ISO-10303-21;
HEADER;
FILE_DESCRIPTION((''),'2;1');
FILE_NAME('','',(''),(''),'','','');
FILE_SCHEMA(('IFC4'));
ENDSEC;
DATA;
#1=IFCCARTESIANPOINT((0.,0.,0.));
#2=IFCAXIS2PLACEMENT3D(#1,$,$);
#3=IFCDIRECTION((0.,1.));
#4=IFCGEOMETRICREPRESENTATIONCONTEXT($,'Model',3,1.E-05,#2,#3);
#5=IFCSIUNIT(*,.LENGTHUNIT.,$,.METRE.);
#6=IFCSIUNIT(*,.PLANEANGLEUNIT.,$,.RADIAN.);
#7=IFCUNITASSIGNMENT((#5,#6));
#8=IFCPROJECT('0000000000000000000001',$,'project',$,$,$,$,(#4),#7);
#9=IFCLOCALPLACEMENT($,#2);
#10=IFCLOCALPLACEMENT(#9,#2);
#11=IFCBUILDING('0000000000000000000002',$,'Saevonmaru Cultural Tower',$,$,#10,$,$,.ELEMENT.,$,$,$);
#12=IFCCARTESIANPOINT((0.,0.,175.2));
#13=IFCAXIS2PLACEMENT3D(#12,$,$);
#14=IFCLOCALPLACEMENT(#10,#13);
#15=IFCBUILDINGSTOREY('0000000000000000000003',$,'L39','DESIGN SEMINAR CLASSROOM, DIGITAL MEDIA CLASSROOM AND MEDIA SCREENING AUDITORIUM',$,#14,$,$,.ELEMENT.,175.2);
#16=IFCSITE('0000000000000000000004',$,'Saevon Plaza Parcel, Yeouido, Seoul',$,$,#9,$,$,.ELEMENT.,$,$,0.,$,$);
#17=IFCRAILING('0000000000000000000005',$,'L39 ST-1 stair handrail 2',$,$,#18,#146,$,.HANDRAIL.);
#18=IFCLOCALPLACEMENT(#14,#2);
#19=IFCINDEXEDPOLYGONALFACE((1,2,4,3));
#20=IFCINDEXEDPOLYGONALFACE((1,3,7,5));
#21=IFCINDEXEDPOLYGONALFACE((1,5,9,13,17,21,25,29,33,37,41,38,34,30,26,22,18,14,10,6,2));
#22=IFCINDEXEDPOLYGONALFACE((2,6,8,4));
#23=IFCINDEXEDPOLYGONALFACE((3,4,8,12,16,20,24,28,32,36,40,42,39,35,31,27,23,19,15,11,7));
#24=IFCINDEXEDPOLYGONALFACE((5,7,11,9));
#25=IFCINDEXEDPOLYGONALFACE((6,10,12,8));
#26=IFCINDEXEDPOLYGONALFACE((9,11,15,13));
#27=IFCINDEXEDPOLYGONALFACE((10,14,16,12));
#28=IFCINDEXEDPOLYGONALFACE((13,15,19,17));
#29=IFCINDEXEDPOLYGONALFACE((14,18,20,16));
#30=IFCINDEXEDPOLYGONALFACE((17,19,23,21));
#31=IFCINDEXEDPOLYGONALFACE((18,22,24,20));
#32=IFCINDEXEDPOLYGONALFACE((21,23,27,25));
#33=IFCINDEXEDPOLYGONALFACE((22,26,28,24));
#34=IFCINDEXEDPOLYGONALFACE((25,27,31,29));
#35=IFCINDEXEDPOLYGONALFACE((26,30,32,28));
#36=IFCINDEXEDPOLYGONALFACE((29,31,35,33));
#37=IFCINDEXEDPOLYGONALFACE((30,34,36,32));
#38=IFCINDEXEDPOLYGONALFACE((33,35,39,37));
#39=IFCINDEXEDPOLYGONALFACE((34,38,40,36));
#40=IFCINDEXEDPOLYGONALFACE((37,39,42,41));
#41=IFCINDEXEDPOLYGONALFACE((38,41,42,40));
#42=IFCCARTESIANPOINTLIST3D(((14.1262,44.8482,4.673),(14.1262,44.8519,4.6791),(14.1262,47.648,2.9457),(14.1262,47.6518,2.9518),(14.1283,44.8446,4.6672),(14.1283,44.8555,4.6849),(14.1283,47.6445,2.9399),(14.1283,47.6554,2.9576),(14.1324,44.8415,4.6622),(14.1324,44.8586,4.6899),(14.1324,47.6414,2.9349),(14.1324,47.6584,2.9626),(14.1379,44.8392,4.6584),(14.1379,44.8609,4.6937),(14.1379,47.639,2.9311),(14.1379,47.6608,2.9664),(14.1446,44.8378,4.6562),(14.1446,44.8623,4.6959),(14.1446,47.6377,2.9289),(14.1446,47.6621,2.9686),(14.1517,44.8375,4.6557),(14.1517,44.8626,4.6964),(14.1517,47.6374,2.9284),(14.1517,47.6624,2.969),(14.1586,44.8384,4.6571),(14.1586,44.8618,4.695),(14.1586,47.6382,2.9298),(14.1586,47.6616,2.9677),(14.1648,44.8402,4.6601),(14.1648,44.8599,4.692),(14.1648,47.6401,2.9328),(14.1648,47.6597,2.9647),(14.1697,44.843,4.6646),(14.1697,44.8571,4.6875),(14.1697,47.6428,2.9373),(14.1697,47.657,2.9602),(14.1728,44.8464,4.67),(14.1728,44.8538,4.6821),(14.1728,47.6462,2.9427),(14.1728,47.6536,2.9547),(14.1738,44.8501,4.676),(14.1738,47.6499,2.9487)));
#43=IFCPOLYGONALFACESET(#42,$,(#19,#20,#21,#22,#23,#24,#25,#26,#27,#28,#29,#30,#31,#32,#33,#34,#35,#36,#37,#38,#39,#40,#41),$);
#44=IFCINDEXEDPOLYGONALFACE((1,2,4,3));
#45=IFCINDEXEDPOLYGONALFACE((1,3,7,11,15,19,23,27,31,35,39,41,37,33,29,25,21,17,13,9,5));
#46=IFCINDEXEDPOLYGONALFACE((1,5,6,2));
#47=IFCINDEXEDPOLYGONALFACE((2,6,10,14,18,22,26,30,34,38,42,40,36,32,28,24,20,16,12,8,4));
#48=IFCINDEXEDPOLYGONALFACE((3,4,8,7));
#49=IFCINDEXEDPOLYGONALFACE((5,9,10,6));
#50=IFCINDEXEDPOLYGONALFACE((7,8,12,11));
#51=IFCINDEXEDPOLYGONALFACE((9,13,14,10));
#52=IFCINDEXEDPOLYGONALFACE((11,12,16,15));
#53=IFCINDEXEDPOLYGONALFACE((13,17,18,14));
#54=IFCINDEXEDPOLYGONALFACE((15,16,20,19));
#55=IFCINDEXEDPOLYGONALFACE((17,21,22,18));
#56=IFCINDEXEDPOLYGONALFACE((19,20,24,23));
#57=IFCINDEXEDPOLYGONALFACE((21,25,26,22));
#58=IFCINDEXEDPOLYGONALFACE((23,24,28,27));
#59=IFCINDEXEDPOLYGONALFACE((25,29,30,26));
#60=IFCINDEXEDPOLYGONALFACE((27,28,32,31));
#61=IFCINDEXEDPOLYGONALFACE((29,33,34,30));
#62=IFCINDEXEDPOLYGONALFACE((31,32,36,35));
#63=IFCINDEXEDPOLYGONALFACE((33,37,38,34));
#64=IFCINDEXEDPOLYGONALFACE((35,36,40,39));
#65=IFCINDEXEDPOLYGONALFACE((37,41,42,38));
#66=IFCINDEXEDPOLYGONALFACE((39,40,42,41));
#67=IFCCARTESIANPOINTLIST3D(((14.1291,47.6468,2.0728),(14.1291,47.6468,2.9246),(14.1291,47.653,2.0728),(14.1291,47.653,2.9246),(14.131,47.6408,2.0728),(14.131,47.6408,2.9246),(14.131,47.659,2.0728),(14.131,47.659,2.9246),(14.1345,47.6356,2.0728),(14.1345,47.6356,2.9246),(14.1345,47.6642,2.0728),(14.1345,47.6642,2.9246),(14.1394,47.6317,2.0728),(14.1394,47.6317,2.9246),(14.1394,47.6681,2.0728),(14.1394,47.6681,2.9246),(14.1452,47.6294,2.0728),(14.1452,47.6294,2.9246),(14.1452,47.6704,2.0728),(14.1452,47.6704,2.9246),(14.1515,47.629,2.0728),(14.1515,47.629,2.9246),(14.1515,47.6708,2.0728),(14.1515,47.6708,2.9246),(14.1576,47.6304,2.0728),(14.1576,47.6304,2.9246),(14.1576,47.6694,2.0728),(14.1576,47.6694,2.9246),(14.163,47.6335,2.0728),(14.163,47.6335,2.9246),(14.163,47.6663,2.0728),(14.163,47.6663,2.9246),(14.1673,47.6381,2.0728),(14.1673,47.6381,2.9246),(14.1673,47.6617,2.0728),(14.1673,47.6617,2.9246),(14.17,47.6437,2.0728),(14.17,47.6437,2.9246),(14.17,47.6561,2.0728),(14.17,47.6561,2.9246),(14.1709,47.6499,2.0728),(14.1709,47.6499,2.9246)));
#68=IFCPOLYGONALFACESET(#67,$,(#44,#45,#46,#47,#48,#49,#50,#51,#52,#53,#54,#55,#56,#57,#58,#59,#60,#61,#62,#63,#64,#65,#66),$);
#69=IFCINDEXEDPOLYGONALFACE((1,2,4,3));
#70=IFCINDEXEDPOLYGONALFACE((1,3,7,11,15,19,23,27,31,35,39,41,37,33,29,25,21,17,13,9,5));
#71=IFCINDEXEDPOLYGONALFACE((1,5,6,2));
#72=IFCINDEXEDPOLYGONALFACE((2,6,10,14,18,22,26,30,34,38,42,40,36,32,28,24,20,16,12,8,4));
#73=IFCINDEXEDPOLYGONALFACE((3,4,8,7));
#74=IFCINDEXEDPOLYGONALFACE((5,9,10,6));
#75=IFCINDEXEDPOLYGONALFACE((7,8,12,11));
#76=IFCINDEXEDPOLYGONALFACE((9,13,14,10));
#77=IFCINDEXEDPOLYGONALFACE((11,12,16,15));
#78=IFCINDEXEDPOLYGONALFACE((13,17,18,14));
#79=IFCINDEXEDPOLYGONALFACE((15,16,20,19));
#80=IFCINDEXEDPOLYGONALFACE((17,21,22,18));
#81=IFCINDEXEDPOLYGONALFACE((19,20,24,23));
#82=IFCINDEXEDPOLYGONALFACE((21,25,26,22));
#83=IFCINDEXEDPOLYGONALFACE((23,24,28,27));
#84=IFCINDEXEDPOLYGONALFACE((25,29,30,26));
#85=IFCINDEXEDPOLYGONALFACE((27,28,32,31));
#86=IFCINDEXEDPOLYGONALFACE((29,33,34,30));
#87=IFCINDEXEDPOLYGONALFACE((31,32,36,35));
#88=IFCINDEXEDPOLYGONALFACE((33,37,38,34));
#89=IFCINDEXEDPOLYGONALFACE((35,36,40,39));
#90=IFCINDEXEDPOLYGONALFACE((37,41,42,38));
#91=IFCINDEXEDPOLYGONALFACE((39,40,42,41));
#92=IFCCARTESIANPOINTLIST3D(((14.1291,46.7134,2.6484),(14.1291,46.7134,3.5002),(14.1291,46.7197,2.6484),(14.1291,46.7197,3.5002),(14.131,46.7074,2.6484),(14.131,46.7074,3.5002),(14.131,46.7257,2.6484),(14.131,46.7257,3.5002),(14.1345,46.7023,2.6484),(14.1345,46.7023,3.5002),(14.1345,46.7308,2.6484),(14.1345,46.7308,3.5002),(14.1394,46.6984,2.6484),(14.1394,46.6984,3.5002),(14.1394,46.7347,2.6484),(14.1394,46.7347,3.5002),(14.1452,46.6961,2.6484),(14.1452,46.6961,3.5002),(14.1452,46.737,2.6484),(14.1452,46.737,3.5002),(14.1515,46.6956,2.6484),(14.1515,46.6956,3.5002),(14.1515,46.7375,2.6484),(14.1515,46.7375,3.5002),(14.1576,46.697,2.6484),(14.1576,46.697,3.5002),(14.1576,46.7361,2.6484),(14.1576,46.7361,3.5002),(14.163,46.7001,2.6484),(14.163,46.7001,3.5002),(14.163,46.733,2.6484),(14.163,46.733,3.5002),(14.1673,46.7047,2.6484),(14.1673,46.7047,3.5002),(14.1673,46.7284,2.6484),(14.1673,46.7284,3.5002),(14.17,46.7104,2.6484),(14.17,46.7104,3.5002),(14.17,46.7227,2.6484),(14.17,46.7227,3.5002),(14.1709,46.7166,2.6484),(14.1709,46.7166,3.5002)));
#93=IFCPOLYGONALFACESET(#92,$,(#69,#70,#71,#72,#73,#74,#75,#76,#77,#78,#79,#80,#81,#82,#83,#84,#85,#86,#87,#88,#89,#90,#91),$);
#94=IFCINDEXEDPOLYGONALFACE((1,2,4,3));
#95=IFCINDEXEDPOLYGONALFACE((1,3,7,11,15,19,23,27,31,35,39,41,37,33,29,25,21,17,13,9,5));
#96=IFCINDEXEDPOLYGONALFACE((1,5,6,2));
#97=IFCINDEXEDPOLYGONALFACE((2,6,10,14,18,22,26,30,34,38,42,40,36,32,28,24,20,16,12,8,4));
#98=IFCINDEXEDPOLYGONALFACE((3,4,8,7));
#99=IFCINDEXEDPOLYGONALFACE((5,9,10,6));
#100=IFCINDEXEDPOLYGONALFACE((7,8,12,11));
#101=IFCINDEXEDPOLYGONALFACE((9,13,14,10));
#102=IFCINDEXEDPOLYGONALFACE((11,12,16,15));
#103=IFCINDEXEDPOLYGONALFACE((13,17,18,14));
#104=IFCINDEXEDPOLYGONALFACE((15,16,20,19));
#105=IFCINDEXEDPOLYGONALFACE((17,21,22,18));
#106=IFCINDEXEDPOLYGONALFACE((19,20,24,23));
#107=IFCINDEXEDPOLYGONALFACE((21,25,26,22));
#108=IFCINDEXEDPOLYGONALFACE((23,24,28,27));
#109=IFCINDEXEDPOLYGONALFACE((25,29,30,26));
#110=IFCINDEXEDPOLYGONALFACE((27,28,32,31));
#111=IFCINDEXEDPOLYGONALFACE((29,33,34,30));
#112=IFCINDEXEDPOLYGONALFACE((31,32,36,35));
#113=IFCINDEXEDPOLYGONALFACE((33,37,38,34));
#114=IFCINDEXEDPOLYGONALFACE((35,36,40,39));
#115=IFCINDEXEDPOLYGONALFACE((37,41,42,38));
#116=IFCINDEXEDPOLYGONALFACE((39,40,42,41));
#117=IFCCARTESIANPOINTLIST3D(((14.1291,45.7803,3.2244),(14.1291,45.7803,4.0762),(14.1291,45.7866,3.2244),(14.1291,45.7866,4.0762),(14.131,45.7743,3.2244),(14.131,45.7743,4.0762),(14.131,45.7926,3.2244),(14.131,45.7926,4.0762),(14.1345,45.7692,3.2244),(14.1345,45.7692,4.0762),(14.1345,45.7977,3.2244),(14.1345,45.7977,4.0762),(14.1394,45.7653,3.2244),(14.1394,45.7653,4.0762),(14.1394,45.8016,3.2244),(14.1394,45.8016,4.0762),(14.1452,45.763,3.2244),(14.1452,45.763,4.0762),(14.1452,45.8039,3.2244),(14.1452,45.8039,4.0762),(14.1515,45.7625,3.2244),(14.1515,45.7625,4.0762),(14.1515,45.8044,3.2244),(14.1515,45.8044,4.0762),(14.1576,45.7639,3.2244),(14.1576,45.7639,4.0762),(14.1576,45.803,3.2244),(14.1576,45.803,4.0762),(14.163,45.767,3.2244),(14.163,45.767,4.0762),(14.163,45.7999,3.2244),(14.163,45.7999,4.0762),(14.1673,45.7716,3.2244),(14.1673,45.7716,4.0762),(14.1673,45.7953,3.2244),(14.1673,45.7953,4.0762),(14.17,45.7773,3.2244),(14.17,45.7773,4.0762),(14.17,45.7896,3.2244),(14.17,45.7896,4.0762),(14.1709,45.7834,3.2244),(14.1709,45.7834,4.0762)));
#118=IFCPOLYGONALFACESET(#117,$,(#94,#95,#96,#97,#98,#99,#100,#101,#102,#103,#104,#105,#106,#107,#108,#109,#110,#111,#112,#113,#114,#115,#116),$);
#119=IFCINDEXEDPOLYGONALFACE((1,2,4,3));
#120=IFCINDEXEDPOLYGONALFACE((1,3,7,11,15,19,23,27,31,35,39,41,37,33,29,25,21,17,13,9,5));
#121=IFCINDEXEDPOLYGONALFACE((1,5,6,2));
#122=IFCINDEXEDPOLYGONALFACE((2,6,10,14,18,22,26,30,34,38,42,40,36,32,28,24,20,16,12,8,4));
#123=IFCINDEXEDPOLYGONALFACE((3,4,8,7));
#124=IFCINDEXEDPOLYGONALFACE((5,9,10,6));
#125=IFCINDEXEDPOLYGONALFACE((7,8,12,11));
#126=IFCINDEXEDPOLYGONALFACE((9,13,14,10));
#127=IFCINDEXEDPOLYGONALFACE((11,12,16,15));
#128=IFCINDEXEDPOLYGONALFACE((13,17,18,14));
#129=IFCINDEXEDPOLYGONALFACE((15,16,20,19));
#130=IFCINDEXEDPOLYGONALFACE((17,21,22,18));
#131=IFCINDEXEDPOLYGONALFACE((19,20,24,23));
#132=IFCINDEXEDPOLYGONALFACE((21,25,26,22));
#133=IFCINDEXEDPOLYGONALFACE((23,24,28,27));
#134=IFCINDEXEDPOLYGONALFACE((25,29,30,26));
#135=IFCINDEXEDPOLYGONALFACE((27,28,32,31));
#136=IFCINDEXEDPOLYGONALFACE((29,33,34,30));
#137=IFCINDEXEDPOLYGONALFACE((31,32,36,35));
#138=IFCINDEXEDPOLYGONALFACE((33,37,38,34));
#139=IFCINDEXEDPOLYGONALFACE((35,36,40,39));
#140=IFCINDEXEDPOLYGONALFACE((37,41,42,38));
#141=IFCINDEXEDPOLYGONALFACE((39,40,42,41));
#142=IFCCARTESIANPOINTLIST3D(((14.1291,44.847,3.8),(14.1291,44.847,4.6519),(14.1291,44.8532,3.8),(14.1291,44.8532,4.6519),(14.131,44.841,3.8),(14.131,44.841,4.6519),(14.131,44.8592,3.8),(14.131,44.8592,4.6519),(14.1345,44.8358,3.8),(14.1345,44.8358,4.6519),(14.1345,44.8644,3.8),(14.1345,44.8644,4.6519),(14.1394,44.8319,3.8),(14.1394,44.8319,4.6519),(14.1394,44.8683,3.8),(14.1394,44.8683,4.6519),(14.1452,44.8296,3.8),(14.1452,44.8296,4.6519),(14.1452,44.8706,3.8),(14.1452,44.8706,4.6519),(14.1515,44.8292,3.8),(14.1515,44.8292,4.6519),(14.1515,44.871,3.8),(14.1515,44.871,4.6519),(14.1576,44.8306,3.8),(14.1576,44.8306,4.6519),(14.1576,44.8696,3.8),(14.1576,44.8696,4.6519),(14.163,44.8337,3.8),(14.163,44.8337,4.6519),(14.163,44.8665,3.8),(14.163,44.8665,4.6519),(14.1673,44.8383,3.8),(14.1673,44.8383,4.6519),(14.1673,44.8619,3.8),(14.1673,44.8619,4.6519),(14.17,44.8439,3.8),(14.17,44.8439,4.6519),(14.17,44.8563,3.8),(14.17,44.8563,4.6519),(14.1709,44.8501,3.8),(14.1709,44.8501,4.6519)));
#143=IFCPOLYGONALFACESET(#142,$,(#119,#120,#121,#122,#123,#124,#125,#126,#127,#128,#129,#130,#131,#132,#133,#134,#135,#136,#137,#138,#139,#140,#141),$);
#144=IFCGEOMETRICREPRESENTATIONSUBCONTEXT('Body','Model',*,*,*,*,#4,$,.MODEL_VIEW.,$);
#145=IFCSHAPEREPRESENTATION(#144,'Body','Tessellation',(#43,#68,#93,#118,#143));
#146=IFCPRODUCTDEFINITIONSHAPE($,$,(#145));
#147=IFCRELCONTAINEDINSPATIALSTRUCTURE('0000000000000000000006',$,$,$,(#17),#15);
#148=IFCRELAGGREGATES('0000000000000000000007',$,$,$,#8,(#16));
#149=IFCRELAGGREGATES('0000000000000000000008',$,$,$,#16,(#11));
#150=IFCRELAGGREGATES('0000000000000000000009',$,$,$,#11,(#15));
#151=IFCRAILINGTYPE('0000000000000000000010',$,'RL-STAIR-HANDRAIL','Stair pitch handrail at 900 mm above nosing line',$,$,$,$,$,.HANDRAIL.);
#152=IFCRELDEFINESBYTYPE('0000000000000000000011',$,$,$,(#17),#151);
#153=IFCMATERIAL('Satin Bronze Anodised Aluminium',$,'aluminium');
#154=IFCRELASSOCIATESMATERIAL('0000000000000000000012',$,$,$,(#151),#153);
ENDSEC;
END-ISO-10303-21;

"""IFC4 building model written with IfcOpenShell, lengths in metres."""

from ifc_helpers import new_model, si_unit, direction, frame, origin, origin_2d, place, context, subcontext, project, spatial, circle, extrude, material, type_object, element, save


model = new_model("IFC4")

# Units and contexts
model_context = context("Model", 3, precision=1e-05, world=origin(), true_north=direction((0.0, 1.0)))
body_context = subcontext(model_context, "Body", "Model", "MODEL_VIEW")
ifc_project = project(units=[si_unit("LENGTHUNIT", "METRE"), si_unit("PLANEANGLEUNIT", "RADIAN")], contexts=[model_context])

# Site, building, storey
site_placement = place(None, origin())
site = spatial("IfcSite", under=ifc_project, at=site_placement, Name="Saevon Plaza Parcel, Yeouido, Seoul", CompositionType="ELEMENT", RefElevation=0.0)
building_placement = place(site_placement, origin())
building = spatial("IfcBuilding", under=site, at=building_placement, Name="Saevonmaru Cultural Tower", CompositionType="ELEMENT")
storey_placement = place(building_placement, frame((0.0, 0.0, 175.2)))
storey = spatial("IfcBuildingStorey", under=building, at=storey_placement, Name="L39", Description="DESIGN SEMINAR CLASSROOM, DIGITAL MEDIA CLASSROOM AND MEDIA SCREENING AUDITORIUM", CompositionType="ELEMENT", Elevation=175.2)

# Shared definitions
ifc_material_1 = material(Name="Satin Bronze Anodised Aluminium", Category="aluminium")

# Railing
railing_type_1 = type_object("IfcRailingType", Name="RL-STAIR-HANDRAIL", Description="Stair pitch handrail at 900 mm above nosing line", PredefinedType="HANDRAIL", material=ifc_material_1)
railing_1_placement = place(storey_placement, frame((14.1499, 47.6499, 2.0728)))
element("IfcRailing", 1, at=railing_1_placement, inside=storey, type_object=railing_type_1, Name="L39 ST-1 stair handrail 2", PredefinedType="HANDRAIL", context=body_context, shape_type="SweptSolid", body=[
    extrude(circle(Radius=0.0239, at=origin_2d()), frame((0.0, 0.0, 0.876), z_axis=(0.0, -0.851069, 0.525054), x_axis=(1.0, 0.0, 0.0)), (0.0, 0.0, 1.0), 3.2898),
    extrude(circle(Radius=0.021, at=origin_2d()), origin(), (0.0, 0.0, 1.0), 0.8518),
    extrude(circle(Radius=0.021, at=origin_2d()), frame((0.0, -0.9333, 0.5757)), (0.0, 0.0, 1.0), 0.8518),
    extrude(circle(Radius=0.021, at=origin_2d()), frame((0.0, -1.8665, 1.1516)), (0.0, 0.0, 1.0), 0.8518),
    extrude(circle(Radius=0.021, at=origin_2d()), frame((0.0, -2.7998, 1.7273)), (0.0, 0.0, 1.0), 0.8518),
])

save(model, "model.ifc")
